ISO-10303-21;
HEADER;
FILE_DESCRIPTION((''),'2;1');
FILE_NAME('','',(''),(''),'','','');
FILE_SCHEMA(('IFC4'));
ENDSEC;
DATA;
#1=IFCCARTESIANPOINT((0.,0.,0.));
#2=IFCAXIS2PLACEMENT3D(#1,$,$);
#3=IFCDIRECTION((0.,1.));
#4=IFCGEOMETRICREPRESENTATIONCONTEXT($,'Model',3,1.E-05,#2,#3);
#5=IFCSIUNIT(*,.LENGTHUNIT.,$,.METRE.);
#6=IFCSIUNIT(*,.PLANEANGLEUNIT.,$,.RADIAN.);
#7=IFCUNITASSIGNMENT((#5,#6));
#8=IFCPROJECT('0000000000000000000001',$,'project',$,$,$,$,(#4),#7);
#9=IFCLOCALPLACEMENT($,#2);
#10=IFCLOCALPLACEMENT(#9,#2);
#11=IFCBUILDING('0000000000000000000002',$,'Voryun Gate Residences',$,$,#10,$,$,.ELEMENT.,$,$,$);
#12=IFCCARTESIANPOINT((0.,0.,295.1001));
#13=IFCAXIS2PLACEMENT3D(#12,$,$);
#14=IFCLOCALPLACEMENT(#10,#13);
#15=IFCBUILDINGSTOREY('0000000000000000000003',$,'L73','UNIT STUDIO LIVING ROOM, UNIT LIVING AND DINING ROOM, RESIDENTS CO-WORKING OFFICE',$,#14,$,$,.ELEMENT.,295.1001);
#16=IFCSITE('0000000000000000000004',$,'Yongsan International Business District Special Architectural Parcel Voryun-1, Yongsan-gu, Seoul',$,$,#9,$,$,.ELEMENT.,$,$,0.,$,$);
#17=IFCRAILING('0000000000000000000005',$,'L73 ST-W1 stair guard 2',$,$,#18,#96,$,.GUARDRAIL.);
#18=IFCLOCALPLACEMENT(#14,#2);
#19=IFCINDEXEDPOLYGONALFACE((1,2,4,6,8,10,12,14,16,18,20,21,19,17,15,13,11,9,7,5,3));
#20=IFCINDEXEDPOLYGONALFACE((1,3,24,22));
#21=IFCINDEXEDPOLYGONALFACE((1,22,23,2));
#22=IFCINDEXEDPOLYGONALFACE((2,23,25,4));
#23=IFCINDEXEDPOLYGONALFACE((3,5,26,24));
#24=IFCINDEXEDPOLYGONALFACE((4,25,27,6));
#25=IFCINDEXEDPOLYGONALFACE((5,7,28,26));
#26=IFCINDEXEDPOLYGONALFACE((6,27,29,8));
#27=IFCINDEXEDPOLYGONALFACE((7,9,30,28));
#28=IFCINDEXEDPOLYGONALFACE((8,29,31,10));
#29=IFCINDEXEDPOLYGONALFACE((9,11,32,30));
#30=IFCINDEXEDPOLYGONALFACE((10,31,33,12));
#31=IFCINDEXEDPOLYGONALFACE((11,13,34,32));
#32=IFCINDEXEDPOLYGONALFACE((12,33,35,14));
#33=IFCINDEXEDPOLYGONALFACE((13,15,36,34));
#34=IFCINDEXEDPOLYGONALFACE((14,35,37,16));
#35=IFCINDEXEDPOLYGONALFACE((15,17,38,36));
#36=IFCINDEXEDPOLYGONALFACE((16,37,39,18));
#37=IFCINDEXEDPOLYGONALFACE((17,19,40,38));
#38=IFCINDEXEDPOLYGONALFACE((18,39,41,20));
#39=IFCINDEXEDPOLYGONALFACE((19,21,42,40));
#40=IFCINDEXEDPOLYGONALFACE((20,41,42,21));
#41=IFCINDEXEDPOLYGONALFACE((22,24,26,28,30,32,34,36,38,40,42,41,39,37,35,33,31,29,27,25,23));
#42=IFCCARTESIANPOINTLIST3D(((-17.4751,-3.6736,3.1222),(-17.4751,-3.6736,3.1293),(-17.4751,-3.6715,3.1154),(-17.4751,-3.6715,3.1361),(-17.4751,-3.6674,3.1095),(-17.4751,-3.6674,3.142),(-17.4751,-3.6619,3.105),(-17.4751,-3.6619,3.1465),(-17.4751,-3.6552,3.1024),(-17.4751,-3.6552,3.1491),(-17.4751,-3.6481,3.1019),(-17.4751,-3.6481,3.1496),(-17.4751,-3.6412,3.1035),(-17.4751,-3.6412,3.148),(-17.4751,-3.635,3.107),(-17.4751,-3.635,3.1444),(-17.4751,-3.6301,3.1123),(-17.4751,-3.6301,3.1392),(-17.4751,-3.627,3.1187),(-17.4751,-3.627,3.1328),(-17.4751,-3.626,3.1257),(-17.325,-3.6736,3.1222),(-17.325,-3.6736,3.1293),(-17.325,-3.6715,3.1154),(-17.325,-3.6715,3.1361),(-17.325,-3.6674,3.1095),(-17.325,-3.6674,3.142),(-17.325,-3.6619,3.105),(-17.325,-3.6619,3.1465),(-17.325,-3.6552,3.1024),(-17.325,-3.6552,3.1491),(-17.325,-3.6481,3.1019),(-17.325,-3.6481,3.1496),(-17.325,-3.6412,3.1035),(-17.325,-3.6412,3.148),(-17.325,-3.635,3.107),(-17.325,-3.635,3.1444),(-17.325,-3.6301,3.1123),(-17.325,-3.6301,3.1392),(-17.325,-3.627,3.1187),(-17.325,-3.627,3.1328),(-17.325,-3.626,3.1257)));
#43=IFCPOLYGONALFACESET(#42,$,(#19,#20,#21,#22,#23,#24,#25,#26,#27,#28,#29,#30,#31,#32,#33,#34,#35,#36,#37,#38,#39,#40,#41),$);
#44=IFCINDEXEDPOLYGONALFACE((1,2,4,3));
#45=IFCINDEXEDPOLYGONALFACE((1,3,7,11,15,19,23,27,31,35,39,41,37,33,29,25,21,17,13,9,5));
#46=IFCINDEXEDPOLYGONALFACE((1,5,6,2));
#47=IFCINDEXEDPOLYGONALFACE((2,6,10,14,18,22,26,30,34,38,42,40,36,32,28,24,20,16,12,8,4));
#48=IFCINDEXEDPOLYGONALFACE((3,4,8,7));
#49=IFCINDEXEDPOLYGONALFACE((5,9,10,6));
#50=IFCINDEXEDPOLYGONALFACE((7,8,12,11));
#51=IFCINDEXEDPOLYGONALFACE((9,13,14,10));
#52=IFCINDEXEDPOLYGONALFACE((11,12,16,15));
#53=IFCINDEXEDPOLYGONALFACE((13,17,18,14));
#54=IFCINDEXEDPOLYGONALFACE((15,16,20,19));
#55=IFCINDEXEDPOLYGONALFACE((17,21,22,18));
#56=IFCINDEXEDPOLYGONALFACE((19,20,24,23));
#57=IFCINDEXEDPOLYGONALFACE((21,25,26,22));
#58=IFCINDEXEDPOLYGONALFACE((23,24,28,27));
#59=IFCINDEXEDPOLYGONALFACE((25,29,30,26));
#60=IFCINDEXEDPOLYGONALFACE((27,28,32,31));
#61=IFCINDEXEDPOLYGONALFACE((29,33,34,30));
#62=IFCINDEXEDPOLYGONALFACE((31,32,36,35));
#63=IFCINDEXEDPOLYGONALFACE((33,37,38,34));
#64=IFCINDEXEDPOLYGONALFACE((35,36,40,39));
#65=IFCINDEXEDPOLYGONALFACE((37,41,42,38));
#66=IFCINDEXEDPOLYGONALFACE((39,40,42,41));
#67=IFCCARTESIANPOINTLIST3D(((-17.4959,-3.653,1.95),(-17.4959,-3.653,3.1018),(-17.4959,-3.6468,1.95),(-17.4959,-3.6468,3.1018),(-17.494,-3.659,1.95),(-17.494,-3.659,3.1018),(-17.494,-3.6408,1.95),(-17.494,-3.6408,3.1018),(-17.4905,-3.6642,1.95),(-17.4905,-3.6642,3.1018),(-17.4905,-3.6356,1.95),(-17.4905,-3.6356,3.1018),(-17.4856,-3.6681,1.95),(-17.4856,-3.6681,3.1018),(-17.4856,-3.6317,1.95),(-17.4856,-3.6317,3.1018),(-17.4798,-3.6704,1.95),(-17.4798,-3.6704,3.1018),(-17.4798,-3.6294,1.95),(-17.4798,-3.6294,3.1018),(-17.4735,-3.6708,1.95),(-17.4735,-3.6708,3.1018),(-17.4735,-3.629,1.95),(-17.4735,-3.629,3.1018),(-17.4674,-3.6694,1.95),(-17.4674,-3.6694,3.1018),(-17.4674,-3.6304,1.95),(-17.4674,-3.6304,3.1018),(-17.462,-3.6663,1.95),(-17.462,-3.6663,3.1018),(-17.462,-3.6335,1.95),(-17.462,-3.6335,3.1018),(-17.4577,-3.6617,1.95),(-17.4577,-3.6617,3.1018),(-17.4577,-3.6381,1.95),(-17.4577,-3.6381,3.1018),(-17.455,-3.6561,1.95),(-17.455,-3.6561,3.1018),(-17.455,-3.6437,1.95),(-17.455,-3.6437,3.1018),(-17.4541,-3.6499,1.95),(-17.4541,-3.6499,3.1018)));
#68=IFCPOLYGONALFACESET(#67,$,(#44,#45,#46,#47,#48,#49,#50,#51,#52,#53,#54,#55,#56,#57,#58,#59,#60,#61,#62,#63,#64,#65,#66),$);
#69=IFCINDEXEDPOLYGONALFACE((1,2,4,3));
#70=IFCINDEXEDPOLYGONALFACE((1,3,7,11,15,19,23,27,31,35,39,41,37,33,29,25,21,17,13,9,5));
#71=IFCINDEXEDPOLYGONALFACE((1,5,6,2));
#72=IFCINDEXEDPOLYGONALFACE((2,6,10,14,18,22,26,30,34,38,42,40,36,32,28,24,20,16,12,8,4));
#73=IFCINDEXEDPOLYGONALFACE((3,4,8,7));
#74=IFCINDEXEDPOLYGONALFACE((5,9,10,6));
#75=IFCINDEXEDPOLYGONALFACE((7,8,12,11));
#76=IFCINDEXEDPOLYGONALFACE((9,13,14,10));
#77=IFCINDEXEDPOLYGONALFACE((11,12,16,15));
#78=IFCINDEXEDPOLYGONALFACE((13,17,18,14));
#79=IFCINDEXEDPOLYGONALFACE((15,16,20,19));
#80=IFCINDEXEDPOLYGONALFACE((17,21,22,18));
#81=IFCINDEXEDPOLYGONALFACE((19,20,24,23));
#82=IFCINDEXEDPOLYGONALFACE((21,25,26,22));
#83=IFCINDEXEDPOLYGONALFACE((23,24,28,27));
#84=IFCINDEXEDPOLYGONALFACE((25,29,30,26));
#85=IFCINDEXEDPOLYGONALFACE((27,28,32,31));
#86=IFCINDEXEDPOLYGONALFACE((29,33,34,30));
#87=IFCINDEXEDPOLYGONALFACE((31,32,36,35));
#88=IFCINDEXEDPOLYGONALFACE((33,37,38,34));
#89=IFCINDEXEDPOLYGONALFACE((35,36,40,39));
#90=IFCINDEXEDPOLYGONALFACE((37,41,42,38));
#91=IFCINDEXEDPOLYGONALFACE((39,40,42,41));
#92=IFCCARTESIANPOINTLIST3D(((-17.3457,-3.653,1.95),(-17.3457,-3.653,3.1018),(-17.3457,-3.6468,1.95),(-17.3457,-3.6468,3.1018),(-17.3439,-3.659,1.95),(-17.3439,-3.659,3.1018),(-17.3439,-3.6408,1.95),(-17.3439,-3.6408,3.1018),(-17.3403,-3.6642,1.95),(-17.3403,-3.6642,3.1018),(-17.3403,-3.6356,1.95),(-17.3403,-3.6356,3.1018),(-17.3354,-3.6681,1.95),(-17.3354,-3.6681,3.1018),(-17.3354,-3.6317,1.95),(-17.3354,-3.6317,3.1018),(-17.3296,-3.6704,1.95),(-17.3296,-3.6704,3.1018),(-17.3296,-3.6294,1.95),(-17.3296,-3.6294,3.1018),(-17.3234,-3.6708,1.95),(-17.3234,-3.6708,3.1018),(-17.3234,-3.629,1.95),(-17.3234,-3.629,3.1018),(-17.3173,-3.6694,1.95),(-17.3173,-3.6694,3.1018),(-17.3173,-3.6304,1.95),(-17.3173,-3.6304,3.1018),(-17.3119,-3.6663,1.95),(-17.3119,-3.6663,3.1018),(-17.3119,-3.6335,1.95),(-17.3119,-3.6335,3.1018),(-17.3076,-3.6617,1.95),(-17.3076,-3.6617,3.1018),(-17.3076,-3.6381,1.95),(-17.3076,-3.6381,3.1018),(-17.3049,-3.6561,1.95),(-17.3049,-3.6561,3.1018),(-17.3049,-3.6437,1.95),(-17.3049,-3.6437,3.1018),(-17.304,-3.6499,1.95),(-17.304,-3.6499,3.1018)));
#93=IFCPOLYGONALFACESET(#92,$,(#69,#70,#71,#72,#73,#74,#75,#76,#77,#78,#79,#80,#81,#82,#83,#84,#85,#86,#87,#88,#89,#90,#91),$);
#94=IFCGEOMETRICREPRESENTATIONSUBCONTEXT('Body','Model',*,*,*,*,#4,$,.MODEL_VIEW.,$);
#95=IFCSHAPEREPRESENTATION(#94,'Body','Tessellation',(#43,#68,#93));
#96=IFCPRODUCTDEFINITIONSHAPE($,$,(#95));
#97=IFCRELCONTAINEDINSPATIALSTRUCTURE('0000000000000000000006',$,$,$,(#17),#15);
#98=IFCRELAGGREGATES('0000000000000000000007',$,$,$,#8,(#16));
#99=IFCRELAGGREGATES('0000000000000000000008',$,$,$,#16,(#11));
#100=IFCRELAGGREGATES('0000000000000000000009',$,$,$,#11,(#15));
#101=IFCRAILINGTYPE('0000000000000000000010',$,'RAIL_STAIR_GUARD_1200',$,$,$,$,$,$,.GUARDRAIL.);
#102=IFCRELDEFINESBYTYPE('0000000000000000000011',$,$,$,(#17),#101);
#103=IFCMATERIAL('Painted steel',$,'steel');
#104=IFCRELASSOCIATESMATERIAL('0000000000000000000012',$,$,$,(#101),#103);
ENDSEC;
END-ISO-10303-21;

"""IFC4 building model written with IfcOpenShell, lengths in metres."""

from ifc_helpers import new_model, si_unit, direction, frame, origin, origin_2d, place, context, subcontext, project, spatial, circle, extrude, material, type_object, element, save


model = new_model("IFC4")

# Units and contexts
model_context = context("Model", 3, precision=1e-05, world=origin(), true_north=direction((0.0, 1.0)))
body_context = subcontext(model_context, "Body", "Model", "MODEL_VIEW")
ifc_project = project(units=[si_unit("LENGTHUNIT", "METRE"), si_unit("PLANEANGLEUNIT", "RADIAN")], contexts=[model_context])

# Site, building, storey
site_placement = place(None, origin())
site = spatial("IfcSite", under=ifc_project, at=site_placement, Name="Yongsan International Business District Special Architectural Parcel Voryun-1, Yongsan-gu, Seoul", CompositionType="ELEMENT", RefElevation=0.0)
building_placement = place(site_placement, origin())
building = spatial("IfcBuilding", under=site, at=building_placement, Name="Voryun Gate Residences", CompositionType="ELEMENT")
storey_placement = place(building_placement, frame((0.0, 0.0, 295.1001)))
storey = spatial("IfcBuildingStorey", under=building, at=storey_placement, Name="L73", Description="UNIT STUDIO LIVING ROOM, UNIT LIVING AND DINING ROOM, RESIDENTS CO-WORKING OFFICE", CompositionType="ELEMENT", Elevation=295.1001)

# Railing
ifc_material_1 = material(Name="Painted steel", Category="steel")
railing_type_1 = type_object("IfcRailingType", Name="RAIL_STAIR_GUARD_1200", PredefinedType="GUARDRAIL", material=ifc_material_1)
railing_1_placement = place(storey_placement, frame((-17.4751, -3.6499, 1.95)))
element("IfcRailing", 1, at=railing_1_placement, inside=storey, type_object=railing_type_1, Name="L73 ST-W1 stair guard 2", PredefinedType="GUARDRAIL", context=body_context, shape_type="SweptSolid", body=[
    extrude(circle(Radius=0.0239, at=origin_2d()), frame((0.0, 0.0, 1.1758), z_axis=(1.0, 0.0, 0.0), x_axis=(0.0, 1.0, 0.0)), (0.0, 0.0, 1.0), 0.1501),
    extrude(circle(Radius=0.021, at=origin_2d()), origin(), (0.0, 0.0, 1.0), 1.1519),
    extrude(circle(Radius=0.021, at=origin_2d()), frame((0.1501, 0.0, 0.0)), (0.0, 0.0, 1.0), 1.1519),
])

save(model, "model.ifc")
